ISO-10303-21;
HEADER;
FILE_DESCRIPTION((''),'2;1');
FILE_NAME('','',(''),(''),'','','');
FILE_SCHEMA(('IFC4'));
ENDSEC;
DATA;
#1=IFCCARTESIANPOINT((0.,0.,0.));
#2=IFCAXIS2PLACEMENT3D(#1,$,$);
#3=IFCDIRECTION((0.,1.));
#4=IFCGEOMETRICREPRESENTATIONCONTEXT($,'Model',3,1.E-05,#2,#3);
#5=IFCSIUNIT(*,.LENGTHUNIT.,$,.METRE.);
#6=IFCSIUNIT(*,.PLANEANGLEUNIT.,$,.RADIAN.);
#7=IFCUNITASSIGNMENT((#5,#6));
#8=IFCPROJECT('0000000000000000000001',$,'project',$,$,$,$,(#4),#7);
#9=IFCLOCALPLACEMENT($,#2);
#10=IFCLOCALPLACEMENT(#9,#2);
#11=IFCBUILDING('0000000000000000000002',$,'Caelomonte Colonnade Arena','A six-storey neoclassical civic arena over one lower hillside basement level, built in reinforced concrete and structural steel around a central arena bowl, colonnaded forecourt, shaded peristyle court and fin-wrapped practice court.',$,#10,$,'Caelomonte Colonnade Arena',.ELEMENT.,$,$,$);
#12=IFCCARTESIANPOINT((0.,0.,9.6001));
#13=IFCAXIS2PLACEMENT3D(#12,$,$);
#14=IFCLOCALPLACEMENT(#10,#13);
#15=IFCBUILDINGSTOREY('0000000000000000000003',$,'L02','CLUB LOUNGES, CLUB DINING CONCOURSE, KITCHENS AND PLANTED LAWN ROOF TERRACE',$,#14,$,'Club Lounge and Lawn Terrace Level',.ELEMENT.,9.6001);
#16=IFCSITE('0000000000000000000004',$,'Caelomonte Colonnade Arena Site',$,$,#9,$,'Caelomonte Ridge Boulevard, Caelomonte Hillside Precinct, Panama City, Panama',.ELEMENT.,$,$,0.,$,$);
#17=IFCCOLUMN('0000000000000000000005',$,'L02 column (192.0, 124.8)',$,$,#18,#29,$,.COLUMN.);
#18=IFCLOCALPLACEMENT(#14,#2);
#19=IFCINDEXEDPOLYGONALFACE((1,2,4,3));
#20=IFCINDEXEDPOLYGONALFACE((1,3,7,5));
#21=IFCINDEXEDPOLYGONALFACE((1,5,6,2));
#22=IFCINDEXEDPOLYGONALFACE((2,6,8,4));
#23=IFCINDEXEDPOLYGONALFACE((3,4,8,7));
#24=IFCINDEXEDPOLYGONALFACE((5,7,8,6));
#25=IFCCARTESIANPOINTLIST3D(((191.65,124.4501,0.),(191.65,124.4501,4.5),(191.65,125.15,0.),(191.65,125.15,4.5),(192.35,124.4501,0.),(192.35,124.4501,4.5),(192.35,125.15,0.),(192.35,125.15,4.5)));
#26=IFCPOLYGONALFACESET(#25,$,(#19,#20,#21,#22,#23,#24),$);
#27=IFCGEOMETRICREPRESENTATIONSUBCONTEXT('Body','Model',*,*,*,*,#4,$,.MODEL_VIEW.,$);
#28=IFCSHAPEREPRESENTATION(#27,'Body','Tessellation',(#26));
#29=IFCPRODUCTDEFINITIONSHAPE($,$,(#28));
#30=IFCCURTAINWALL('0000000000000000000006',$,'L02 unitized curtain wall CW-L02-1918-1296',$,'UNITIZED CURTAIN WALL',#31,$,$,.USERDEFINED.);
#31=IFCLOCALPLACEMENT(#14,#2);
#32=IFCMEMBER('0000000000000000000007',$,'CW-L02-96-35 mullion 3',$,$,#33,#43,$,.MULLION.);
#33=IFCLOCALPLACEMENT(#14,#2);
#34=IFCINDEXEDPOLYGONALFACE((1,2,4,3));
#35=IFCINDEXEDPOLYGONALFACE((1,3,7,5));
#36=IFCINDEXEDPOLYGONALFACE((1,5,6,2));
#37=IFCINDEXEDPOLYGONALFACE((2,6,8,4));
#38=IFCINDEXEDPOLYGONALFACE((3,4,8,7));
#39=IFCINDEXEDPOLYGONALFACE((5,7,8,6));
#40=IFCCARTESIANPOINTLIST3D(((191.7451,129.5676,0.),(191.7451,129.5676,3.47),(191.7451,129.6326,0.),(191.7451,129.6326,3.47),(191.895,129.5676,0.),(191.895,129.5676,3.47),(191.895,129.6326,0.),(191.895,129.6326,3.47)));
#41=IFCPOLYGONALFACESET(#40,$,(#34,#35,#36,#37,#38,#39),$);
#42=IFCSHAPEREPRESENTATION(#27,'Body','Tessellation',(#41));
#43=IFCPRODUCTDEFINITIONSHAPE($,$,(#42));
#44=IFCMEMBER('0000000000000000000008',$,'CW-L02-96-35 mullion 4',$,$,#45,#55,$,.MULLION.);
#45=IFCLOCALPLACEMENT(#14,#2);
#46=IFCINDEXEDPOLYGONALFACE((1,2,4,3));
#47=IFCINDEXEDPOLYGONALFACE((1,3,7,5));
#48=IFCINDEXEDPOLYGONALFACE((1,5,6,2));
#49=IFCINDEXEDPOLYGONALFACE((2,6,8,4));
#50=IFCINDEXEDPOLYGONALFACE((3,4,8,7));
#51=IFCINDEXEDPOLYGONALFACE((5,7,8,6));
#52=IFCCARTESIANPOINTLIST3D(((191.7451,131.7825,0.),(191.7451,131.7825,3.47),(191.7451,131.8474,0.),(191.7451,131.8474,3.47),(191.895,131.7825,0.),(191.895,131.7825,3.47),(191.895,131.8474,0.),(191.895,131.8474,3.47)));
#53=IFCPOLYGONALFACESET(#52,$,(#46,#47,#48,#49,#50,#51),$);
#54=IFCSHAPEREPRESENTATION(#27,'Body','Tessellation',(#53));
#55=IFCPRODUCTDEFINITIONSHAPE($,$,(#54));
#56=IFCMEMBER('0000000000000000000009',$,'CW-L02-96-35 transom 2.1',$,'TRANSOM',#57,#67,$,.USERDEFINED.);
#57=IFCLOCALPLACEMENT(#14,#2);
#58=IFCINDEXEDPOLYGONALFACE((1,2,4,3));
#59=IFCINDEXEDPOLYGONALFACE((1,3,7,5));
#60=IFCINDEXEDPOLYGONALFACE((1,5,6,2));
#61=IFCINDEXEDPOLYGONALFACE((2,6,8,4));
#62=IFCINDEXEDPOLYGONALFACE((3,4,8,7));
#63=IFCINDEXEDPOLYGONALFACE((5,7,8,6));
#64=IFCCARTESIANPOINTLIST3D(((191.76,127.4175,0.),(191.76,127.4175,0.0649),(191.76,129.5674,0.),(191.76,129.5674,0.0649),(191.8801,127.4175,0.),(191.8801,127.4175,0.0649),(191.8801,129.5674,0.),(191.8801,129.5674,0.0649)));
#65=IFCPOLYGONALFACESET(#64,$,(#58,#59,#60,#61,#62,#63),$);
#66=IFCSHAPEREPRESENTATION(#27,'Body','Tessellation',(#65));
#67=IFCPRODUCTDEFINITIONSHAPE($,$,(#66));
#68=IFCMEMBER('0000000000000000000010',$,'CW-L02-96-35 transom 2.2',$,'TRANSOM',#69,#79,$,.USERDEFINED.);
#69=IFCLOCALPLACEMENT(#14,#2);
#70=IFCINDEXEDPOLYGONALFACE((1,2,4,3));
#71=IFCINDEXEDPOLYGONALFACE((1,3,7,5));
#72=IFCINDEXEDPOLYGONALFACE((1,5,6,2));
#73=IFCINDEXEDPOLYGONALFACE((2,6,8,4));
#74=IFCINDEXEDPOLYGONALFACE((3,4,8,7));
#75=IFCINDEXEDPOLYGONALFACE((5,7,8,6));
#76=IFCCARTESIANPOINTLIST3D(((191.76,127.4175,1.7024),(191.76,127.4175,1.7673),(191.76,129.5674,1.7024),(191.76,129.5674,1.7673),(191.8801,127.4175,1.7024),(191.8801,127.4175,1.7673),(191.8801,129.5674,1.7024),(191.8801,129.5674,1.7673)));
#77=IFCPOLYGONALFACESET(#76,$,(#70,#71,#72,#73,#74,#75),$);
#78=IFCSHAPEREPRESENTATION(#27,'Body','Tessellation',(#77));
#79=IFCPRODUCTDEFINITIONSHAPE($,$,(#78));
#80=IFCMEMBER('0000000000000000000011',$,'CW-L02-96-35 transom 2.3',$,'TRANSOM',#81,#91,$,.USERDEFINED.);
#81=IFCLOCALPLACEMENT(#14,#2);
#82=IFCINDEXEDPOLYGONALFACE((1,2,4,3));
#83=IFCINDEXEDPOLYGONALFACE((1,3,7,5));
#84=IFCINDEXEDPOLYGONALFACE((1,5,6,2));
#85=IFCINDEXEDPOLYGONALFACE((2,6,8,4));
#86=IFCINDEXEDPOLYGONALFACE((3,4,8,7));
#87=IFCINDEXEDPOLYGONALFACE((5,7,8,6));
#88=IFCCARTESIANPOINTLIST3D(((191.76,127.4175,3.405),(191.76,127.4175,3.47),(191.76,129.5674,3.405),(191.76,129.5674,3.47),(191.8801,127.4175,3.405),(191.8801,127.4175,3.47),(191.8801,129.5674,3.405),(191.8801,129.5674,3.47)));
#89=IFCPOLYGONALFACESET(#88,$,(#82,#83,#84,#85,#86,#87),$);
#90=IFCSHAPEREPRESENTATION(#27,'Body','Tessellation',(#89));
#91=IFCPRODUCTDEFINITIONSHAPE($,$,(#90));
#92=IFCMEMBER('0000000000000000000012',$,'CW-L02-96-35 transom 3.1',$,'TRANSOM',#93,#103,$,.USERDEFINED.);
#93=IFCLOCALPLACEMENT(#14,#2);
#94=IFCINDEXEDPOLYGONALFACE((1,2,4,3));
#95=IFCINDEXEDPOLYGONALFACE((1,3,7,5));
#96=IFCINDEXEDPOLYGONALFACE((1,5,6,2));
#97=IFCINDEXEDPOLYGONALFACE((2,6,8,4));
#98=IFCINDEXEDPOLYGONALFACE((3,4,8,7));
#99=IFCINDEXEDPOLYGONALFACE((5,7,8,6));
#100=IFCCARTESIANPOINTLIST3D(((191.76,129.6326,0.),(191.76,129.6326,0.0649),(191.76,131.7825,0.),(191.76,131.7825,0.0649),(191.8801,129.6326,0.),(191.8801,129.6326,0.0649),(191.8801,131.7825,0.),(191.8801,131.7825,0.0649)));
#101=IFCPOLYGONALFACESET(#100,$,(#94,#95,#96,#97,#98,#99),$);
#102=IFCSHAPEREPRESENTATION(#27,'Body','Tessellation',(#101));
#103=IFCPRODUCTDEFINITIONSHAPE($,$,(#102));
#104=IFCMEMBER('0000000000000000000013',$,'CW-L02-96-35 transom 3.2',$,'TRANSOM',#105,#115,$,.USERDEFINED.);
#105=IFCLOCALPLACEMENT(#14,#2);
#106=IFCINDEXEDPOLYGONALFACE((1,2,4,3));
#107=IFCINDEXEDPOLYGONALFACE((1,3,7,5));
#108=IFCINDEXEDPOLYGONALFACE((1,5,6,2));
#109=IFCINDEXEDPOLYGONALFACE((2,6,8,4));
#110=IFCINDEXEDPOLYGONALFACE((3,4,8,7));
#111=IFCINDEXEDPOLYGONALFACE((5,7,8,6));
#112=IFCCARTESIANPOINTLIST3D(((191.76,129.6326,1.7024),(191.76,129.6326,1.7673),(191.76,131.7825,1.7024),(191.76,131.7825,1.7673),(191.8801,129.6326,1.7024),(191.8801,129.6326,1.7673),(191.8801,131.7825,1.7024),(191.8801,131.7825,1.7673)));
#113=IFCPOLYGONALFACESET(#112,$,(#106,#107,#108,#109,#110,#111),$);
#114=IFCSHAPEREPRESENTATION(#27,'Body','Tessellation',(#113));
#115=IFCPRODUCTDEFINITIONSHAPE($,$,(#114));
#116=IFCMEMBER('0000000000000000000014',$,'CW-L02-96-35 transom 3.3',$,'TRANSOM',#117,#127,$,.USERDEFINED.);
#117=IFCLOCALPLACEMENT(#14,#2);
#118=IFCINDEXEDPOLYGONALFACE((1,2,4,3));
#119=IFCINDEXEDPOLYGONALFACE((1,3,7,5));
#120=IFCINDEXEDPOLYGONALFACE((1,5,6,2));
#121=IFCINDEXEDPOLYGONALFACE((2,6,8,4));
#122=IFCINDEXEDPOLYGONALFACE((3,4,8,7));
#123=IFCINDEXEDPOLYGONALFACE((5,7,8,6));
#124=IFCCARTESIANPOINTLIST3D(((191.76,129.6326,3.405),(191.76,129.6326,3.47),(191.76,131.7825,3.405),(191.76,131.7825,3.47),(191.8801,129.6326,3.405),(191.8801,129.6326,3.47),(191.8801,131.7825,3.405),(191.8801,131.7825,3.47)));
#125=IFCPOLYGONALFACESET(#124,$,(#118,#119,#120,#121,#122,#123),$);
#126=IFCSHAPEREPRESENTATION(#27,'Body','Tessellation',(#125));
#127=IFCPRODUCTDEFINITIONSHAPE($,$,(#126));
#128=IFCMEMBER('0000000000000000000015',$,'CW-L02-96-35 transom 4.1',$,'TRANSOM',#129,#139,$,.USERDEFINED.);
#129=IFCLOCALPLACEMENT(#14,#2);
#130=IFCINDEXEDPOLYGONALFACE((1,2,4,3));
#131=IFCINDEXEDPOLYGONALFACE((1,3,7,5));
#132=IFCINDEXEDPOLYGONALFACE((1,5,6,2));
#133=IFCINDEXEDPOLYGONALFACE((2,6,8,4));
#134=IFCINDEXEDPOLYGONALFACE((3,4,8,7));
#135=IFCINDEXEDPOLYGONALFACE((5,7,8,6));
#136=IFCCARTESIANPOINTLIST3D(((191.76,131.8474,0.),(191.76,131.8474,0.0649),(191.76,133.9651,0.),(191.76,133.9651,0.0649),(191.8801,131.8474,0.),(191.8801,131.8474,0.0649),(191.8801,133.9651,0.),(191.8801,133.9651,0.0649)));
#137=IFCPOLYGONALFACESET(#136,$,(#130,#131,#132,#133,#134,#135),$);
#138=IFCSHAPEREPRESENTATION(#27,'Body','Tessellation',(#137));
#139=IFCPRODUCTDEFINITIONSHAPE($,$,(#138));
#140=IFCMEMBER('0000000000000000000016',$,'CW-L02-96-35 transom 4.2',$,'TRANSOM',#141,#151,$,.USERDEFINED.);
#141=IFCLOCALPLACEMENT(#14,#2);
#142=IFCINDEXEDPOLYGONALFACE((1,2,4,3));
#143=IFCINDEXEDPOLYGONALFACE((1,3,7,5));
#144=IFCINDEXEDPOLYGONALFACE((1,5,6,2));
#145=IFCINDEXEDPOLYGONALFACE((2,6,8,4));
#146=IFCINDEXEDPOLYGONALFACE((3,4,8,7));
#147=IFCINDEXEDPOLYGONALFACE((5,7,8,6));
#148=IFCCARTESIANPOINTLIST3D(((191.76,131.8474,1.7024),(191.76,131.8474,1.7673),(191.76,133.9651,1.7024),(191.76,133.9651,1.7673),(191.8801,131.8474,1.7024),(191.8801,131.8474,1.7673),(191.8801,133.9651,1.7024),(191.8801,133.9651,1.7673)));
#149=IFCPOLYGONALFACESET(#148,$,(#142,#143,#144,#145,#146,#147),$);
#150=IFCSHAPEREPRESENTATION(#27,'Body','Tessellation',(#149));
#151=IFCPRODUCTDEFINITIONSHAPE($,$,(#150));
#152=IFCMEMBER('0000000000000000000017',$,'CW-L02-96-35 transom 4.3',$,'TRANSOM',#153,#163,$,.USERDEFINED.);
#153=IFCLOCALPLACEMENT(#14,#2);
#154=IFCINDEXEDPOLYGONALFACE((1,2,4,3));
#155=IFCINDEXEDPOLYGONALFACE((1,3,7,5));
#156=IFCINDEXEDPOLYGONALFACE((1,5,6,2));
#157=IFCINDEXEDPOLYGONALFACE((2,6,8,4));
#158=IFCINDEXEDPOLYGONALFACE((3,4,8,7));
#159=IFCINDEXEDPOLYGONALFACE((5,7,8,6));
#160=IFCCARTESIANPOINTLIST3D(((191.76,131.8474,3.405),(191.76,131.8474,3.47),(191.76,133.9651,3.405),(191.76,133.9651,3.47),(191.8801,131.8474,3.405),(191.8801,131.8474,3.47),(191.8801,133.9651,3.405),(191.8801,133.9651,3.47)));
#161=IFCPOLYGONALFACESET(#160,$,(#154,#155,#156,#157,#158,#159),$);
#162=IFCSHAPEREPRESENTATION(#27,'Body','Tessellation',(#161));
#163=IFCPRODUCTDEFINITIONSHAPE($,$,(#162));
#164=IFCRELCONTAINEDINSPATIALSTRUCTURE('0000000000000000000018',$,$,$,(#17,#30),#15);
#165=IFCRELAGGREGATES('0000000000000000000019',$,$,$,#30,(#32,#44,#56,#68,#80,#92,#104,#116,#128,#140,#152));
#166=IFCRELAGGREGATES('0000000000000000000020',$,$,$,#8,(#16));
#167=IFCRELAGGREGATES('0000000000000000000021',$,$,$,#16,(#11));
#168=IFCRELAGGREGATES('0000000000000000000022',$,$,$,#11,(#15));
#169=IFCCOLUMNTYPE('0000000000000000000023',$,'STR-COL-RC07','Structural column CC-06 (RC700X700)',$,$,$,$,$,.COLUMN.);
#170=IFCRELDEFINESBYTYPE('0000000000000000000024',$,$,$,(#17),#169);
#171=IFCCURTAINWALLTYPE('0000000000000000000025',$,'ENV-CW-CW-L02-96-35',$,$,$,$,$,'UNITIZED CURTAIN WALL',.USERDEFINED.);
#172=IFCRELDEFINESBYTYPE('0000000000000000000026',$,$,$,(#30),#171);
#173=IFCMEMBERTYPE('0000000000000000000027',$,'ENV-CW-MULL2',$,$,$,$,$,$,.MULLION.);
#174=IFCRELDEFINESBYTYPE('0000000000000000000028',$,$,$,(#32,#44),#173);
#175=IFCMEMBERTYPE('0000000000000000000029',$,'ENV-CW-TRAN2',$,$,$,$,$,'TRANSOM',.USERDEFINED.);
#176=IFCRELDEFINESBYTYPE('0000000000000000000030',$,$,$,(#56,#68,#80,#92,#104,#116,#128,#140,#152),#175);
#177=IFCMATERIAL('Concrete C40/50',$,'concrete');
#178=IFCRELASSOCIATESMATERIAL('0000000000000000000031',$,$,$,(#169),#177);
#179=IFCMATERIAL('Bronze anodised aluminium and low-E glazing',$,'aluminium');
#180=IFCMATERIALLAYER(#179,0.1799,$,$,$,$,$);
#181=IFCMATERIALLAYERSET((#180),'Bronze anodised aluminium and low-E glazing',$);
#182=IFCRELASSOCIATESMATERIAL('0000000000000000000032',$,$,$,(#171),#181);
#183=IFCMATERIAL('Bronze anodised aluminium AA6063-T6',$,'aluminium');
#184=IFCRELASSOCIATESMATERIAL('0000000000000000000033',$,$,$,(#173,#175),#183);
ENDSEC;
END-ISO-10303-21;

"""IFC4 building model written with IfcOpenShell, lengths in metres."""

from ifc_helpers import new_model, si_unit, direction, frame, origin, origin_2d, place, context, subcontext, project, spatial, rectangle, extrude, material, layer, layer_set, material_profile, profile_set, type_object, element, aggregate, save


model = new_model("IFC4")

# Units and contexts
model_context = context("Model", 3, precision=1e-05, world=origin(), true_north=direction((0.0, 1.0)))
body_context = subcontext(model_context, "Body", "Model", "MODEL_VIEW")
ifc_project = project(units=[si_unit("LENGTHUNIT", "METRE"), si_unit("PLANEANGLEUNIT", "RADIAN")], contexts=[model_context])

# Site, building, storey
site_placement = place(None, origin())
site = spatial("IfcSite", under=ifc_project, at=site_placement, Name="Caelomonte Colonnade Arena Site", LongName="Caelomonte Ridge Boulevard, Caelomonte Hillside Precinct, Panama City, Panama", CompositionType="ELEMENT", RefElevation=0.0)
building_placement = place(site_placement, origin())
building = spatial("IfcBuilding", under=site, at=building_placement, Name="Caelomonte Colonnade Arena", Description="A six-storey neoclassical civic arena over one lower hillside basement level, built in reinforced concrete and structural steel around a central arena bowl, colonnaded forecourt, shaded peristyle court and fin-wrapped practice court.", LongName="Caelomonte Colonnade Arena", CompositionType="ELEMENT")
storey_placement = place(building_placement, frame((0.0, 0.0, 9.6001)))
storey = spatial("IfcBuildingStorey", under=building, at=storey_placement, Name="L02", Description="CLUB LOUNGES, CLUB DINING CONCOURSE, KITCHENS AND PLANTED LAWN ROOF TERRACE", LongName="Club Lounge and Lawn Terrace Level", CompositionType="ELEMENT", Elevation=9.6001)

# Column
ifc_material_1 = material(Name="Concrete C40/50", Category="concrete")
ifc_material_profile_1 = material_profile(ifc_material_1, rectangle(XDim=0.7, YDim=0.7, at=origin_2d()), Name="RC700X700")
ifc_profile_set_1 = profile_set([ifc_material_profile_1], Name="Concrete C40/50")
column_type = type_object("IfcColumnType", Name="STR-COL-RC07", Description="Structural column CC-06 (RC700X700)", PredefinedType="COLUMN", material=ifc_profile_set_1)
column_placement = place(storey_placement, frame((192.0, 124.8, 0.0), z_axis=(0.0, 0.0, 1.0), x_axis=(1.0, 0.0, 0.0)))
element("IfcColumn", 1, at=column_placement, inside=storey, type_object=column_type, Name="L02 column (192.0, 124.8)", PredefinedType="COLUMN", context=body_context, shape_type="SweptSolid", body=[
    extrude(rectangle(XDim=0.7, YDim=0.7, at=origin_2d()), origin(), (0.0, 0.0, 1.0), 4.5),
])

# Curtain wall, members
ifc_material_2 = material(Name="Bronze anodised aluminium and low-E glazing", Category="aluminium")
ifc_layer_1 = layer(ifc_material_2, 0.1799)
ifc_layer_set_1 = layer_set([ifc_layer_1], Name="Bronze anodised aluminium and low-E glazing")
curtain_wall_type = type_object("IfcCurtainWallType", Name="ENV-CW-CW-L02-96-35", ElementType="UNITIZED CURTAIN WALL", PredefinedType="USERDEFINED", material=ifc_layer_set_1)
curtain_wall_placement = place(storey_placement, origin())
curtain_wall = element("IfcCurtainWall", 2, at=curtain_wall_placement, inside=storey, type_object=curtain_wall_type, Name="L02 unitized curtain wall CW-L02-1918-1296", ObjectType="UNITIZED CURTAIN WALL", PredefinedType="USERDEFINED")
ifc_material_3 = material(Name="Bronze anodised aluminium AA6063-T6", Category="aluminium")
ifc_material_profile_2 = material_profile(ifc_material_3, rectangle(XDim=0.0649, YDim=0.1499, at=origin_2d()), Name="CWM-65X150")
ifc_profile_set_2 = profile_set([ifc_material_profile_2], Name="Bronze anodised aluminium AA6063-T6")
member_type_1 = type_object("IfcMemberType", Name="ENV-CW-MULL2", PredefinedType="MULLION", material=ifc_profile_set_2)
member_1_placement = place(storey_placement, frame((191.8201, 129.6001, 0.0), z_axis=(0.0, 0.0, 1.0), x_axis=(0.0, 1.0, 0.0)))
member_1 = element("IfcMember", 3, at=member_1_placement, type_object=member_type_1, Name="CW-L02-96-35 mullion 3", PredefinedType="MULLION", context=body_context, shape_type="SweptSolid", body=[
    extrude(rectangle(XDim=0.0649, YDim=0.1499, at=origin_2d()), origin(), (0.0, 0.0, 1.0), 3.47),
])
member_2_placement = place(storey_placement, frame((191.8201, 131.8149, 0.0), z_axis=(0.0, 0.0, 1.0), x_axis=(0.0, 1.0, 0.0)))
member_2 = element("IfcMember", 4, at=member_2_placement, type_object=member_type_1, Name="CW-L02-96-35 mullion 4", PredefinedType="MULLION", context=body_context, shape_type="SweptSolid", body=[
    extrude(rectangle(XDim=0.0649, YDim=0.1499, at=origin_2d()), origin(), (0.0, 0.0, 1.0), 3.47),
])
ifc_material_profile_3 = material_profile(ifc_material_3, rectangle(XDim=0.0649, YDim=0.1201, at=origin_2d()), Name="CWT-65X120")
ifc_profile_set_3 = profile_set([ifc_material_profile_3], Name="Bronze anodised aluminium AA6063-T6")
member_type_2 = type_object("IfcMemberType", Name="ENV-CW-TRAN2", ElementType="TRANSOM", PredefinedType="USERDEFINED", material=ifc_profile_set_3)
member_3_placement = place(storey_placement, frame((191.8201, 127.4175, 0.0325), z_axis=(0.0, 1.0, 0.0), x_axis=(0.0, 0.0, 1.0)))
member_3 = element("IfcMember", 5, at=member_3_placement, type_object=member_type_2, Name="CW-L02-96-35 transom 2.1", ObjectType="TRANSOM", PredefinedType="USERDEFINED", context=body_context, shape_type="SweptSolid", body=[
    extrude(rectangle(XDim=0.0649, YDim=0.1201, at=origin_2d()), origin(), (0.0, 0.0, 1.0), 2.1499),
])
member_4_placement = place(storey_placement, frame((191.8201, 127.4175, 1.7349), z_axis=(0.0, 1.0, 0.0), x_axis=(0.0, 0.0, 1.0)))
member_4 = element("IfcMember", 6, at=member_4_placement, type_object=member_type_2, Name="CW-L02-96-35 transom 2.2", ObjectType="TRANSOM", PredefinedType="USERDEFINED", context=body_context, shape_type="SweptSolid", body=[
    extrude(rectangle(XDim=0.0649, YDim=0.1201, at=origin_2d()), origin(), (0.0, 0.0, 1.0), 2.1499),
])
member_5_placement = place(storey_placement, frame((191.8201, 127.4175, 3.4375), z_axis=(0.0, 1.0, 0.0), x_axis=(0.0, 0.0, 1.0)))
member_5 = element("IfcMember", 7, at=member_5_placement, type_object=member_type_2, Name="CW-L02-96-35 transom 2.3", ObjectType="TRANSOM", PredefinedType="USERDEFINED", context=body_context, shape_type="SweptSolid", body=[
    extrude(rectangle(XDim=0.0649, YDim=0.1201, at=origin_2d()), origin(), (0.0, 0.0, 1.0), 2.1499),
])
member_6_placement = place(storey_placement, frame((191.8201, 129.6326, 0.0325), z_axis=(0.0, 1.0, 0.0), x_axis=(0.0, 0.0, 1.0)))
member_6 = element("IfcMember", 8, at=member_6_placement, type_object=member_type_2, Name="CW-L02-96-35 transom 3.1", ObjectType="TRANSOM", PredefinedType="USERDEFINED", context=body_context, shape_type="SweptSolid", body=[
    extrude(rectangle(XDim=0.0649, YDim=0.1201, at=origin_2d()), origin(), (0.0, 0.0, 1.0), 2.1499),
])
member_7_placement = place(storey_placement, frame((191.8201, 129.6326, 1.7349), z_axis=(0.0, 1.0, 0.0), x_axis=(0.0, 0.0, 1.0)))
member_7 = element("IfcMember", 9, at=member_7_placement, type_object=member_type_2, Name="CW-L02-96-35 transom 3.2", ObjectType="TRANSOM", PredefinedType="USERDEFINED", context=body_context, shape_type="SweptSolid", body=[
    extrude(rectangle(XDim=0.0649, YDim=0.1201, at=origin_2d()), origin(), (0.0, 0.0, 1.0), 2.1499),
])
member_8_placement = place(storey_placement, frame((191.8201, 129.6326, 3.4375), z_axis=(0.0, 1.0, 0.0), x_axis=(0.0, 0.0, 1.0)))
member_8 = element("IfcMember", 10, at=member_8_placement, type_object=member_type_2, Name="CW-L02-96-35 transom 3.3", ObjectType="TRANSOM", PredefinedType="USERDEFINED", context=body_context, shape_type="SweptSolid", body=[
    extrude(rectangle(XDim=0.0649, YDim=0.1201, at=origin_2d()), origin(), (0.0, 0.0, 1.0), 2.1499),
])
member_9_placement = place(storey_placement, frame((191.8201, 131.8474, 0.0325), z_axis=(0.0, 1.0, 0.0), x_axis=(0.0, 0.0, 1.0)))
member_9 = element("IfcMember", 11, at=member_9_placement, type_object=member_type_2, Name="CW-L02-96-35 transom 4.1", ObjectType="TRANSOM", PredefinedType="USERDEFINED", context=body_context, shape_type="SweptSolid", body=[
    extrude(rectangle(XDim=0.0649, YDim=0.1201, at=origin_2d()), origin(), (0.0, 0.0, 1.0), 2.1177),
])
member_10_placement = place(storey_placement, frame((191.8201, 131.8474, 1.7349), z_axis=(0.0, 1.0, 0.0), x_axis=(0.0, 0.0, 1.0)))
member_10 = element("IfcMember", 12, at=member_10_placement, type_object=member_type_2, Name="CW-L02-96-35 transom 4.2", ObjectType="TRANSOM", PredefinedType="USERDEFINED", context=body_context, shape_type="SweptSolid", body=[
    extrude(rectangle(XDim=0.0649, YDim=0.1201, at=origin_2d()), origin(), (0.0, 0.0, 1.0), 2.1177),
])
member_11_placement = place(storey_placement, frame((191.8201, 131.8474, 3.4375), z_axis=(0.0, 1.0, 0.0), x_axis=(0.0, 0.0, 1.0)))
member_11 = element("IfcMember", 13, at=member_11_placement, type_object=member_type_2, Name="CW-L02-96-35 transom 4.3", ObjectType="TRANSOM", PredefinedType="USERDEFINED", context=body_context, shape_type="SweptSolid", body=[
    extrude(rectangle(XDim=0.0649, YDim=0.1201, at=origin_2d()), origin(), (0.0, 0.0, 1.0), 2.1177),
])

aggregate(curtain_wall, [member_1, member_2, member_3, member_4, member_5, member_6, member_7, member_8, member_9, member_10, member_11])

save(model, "model.ifc")
